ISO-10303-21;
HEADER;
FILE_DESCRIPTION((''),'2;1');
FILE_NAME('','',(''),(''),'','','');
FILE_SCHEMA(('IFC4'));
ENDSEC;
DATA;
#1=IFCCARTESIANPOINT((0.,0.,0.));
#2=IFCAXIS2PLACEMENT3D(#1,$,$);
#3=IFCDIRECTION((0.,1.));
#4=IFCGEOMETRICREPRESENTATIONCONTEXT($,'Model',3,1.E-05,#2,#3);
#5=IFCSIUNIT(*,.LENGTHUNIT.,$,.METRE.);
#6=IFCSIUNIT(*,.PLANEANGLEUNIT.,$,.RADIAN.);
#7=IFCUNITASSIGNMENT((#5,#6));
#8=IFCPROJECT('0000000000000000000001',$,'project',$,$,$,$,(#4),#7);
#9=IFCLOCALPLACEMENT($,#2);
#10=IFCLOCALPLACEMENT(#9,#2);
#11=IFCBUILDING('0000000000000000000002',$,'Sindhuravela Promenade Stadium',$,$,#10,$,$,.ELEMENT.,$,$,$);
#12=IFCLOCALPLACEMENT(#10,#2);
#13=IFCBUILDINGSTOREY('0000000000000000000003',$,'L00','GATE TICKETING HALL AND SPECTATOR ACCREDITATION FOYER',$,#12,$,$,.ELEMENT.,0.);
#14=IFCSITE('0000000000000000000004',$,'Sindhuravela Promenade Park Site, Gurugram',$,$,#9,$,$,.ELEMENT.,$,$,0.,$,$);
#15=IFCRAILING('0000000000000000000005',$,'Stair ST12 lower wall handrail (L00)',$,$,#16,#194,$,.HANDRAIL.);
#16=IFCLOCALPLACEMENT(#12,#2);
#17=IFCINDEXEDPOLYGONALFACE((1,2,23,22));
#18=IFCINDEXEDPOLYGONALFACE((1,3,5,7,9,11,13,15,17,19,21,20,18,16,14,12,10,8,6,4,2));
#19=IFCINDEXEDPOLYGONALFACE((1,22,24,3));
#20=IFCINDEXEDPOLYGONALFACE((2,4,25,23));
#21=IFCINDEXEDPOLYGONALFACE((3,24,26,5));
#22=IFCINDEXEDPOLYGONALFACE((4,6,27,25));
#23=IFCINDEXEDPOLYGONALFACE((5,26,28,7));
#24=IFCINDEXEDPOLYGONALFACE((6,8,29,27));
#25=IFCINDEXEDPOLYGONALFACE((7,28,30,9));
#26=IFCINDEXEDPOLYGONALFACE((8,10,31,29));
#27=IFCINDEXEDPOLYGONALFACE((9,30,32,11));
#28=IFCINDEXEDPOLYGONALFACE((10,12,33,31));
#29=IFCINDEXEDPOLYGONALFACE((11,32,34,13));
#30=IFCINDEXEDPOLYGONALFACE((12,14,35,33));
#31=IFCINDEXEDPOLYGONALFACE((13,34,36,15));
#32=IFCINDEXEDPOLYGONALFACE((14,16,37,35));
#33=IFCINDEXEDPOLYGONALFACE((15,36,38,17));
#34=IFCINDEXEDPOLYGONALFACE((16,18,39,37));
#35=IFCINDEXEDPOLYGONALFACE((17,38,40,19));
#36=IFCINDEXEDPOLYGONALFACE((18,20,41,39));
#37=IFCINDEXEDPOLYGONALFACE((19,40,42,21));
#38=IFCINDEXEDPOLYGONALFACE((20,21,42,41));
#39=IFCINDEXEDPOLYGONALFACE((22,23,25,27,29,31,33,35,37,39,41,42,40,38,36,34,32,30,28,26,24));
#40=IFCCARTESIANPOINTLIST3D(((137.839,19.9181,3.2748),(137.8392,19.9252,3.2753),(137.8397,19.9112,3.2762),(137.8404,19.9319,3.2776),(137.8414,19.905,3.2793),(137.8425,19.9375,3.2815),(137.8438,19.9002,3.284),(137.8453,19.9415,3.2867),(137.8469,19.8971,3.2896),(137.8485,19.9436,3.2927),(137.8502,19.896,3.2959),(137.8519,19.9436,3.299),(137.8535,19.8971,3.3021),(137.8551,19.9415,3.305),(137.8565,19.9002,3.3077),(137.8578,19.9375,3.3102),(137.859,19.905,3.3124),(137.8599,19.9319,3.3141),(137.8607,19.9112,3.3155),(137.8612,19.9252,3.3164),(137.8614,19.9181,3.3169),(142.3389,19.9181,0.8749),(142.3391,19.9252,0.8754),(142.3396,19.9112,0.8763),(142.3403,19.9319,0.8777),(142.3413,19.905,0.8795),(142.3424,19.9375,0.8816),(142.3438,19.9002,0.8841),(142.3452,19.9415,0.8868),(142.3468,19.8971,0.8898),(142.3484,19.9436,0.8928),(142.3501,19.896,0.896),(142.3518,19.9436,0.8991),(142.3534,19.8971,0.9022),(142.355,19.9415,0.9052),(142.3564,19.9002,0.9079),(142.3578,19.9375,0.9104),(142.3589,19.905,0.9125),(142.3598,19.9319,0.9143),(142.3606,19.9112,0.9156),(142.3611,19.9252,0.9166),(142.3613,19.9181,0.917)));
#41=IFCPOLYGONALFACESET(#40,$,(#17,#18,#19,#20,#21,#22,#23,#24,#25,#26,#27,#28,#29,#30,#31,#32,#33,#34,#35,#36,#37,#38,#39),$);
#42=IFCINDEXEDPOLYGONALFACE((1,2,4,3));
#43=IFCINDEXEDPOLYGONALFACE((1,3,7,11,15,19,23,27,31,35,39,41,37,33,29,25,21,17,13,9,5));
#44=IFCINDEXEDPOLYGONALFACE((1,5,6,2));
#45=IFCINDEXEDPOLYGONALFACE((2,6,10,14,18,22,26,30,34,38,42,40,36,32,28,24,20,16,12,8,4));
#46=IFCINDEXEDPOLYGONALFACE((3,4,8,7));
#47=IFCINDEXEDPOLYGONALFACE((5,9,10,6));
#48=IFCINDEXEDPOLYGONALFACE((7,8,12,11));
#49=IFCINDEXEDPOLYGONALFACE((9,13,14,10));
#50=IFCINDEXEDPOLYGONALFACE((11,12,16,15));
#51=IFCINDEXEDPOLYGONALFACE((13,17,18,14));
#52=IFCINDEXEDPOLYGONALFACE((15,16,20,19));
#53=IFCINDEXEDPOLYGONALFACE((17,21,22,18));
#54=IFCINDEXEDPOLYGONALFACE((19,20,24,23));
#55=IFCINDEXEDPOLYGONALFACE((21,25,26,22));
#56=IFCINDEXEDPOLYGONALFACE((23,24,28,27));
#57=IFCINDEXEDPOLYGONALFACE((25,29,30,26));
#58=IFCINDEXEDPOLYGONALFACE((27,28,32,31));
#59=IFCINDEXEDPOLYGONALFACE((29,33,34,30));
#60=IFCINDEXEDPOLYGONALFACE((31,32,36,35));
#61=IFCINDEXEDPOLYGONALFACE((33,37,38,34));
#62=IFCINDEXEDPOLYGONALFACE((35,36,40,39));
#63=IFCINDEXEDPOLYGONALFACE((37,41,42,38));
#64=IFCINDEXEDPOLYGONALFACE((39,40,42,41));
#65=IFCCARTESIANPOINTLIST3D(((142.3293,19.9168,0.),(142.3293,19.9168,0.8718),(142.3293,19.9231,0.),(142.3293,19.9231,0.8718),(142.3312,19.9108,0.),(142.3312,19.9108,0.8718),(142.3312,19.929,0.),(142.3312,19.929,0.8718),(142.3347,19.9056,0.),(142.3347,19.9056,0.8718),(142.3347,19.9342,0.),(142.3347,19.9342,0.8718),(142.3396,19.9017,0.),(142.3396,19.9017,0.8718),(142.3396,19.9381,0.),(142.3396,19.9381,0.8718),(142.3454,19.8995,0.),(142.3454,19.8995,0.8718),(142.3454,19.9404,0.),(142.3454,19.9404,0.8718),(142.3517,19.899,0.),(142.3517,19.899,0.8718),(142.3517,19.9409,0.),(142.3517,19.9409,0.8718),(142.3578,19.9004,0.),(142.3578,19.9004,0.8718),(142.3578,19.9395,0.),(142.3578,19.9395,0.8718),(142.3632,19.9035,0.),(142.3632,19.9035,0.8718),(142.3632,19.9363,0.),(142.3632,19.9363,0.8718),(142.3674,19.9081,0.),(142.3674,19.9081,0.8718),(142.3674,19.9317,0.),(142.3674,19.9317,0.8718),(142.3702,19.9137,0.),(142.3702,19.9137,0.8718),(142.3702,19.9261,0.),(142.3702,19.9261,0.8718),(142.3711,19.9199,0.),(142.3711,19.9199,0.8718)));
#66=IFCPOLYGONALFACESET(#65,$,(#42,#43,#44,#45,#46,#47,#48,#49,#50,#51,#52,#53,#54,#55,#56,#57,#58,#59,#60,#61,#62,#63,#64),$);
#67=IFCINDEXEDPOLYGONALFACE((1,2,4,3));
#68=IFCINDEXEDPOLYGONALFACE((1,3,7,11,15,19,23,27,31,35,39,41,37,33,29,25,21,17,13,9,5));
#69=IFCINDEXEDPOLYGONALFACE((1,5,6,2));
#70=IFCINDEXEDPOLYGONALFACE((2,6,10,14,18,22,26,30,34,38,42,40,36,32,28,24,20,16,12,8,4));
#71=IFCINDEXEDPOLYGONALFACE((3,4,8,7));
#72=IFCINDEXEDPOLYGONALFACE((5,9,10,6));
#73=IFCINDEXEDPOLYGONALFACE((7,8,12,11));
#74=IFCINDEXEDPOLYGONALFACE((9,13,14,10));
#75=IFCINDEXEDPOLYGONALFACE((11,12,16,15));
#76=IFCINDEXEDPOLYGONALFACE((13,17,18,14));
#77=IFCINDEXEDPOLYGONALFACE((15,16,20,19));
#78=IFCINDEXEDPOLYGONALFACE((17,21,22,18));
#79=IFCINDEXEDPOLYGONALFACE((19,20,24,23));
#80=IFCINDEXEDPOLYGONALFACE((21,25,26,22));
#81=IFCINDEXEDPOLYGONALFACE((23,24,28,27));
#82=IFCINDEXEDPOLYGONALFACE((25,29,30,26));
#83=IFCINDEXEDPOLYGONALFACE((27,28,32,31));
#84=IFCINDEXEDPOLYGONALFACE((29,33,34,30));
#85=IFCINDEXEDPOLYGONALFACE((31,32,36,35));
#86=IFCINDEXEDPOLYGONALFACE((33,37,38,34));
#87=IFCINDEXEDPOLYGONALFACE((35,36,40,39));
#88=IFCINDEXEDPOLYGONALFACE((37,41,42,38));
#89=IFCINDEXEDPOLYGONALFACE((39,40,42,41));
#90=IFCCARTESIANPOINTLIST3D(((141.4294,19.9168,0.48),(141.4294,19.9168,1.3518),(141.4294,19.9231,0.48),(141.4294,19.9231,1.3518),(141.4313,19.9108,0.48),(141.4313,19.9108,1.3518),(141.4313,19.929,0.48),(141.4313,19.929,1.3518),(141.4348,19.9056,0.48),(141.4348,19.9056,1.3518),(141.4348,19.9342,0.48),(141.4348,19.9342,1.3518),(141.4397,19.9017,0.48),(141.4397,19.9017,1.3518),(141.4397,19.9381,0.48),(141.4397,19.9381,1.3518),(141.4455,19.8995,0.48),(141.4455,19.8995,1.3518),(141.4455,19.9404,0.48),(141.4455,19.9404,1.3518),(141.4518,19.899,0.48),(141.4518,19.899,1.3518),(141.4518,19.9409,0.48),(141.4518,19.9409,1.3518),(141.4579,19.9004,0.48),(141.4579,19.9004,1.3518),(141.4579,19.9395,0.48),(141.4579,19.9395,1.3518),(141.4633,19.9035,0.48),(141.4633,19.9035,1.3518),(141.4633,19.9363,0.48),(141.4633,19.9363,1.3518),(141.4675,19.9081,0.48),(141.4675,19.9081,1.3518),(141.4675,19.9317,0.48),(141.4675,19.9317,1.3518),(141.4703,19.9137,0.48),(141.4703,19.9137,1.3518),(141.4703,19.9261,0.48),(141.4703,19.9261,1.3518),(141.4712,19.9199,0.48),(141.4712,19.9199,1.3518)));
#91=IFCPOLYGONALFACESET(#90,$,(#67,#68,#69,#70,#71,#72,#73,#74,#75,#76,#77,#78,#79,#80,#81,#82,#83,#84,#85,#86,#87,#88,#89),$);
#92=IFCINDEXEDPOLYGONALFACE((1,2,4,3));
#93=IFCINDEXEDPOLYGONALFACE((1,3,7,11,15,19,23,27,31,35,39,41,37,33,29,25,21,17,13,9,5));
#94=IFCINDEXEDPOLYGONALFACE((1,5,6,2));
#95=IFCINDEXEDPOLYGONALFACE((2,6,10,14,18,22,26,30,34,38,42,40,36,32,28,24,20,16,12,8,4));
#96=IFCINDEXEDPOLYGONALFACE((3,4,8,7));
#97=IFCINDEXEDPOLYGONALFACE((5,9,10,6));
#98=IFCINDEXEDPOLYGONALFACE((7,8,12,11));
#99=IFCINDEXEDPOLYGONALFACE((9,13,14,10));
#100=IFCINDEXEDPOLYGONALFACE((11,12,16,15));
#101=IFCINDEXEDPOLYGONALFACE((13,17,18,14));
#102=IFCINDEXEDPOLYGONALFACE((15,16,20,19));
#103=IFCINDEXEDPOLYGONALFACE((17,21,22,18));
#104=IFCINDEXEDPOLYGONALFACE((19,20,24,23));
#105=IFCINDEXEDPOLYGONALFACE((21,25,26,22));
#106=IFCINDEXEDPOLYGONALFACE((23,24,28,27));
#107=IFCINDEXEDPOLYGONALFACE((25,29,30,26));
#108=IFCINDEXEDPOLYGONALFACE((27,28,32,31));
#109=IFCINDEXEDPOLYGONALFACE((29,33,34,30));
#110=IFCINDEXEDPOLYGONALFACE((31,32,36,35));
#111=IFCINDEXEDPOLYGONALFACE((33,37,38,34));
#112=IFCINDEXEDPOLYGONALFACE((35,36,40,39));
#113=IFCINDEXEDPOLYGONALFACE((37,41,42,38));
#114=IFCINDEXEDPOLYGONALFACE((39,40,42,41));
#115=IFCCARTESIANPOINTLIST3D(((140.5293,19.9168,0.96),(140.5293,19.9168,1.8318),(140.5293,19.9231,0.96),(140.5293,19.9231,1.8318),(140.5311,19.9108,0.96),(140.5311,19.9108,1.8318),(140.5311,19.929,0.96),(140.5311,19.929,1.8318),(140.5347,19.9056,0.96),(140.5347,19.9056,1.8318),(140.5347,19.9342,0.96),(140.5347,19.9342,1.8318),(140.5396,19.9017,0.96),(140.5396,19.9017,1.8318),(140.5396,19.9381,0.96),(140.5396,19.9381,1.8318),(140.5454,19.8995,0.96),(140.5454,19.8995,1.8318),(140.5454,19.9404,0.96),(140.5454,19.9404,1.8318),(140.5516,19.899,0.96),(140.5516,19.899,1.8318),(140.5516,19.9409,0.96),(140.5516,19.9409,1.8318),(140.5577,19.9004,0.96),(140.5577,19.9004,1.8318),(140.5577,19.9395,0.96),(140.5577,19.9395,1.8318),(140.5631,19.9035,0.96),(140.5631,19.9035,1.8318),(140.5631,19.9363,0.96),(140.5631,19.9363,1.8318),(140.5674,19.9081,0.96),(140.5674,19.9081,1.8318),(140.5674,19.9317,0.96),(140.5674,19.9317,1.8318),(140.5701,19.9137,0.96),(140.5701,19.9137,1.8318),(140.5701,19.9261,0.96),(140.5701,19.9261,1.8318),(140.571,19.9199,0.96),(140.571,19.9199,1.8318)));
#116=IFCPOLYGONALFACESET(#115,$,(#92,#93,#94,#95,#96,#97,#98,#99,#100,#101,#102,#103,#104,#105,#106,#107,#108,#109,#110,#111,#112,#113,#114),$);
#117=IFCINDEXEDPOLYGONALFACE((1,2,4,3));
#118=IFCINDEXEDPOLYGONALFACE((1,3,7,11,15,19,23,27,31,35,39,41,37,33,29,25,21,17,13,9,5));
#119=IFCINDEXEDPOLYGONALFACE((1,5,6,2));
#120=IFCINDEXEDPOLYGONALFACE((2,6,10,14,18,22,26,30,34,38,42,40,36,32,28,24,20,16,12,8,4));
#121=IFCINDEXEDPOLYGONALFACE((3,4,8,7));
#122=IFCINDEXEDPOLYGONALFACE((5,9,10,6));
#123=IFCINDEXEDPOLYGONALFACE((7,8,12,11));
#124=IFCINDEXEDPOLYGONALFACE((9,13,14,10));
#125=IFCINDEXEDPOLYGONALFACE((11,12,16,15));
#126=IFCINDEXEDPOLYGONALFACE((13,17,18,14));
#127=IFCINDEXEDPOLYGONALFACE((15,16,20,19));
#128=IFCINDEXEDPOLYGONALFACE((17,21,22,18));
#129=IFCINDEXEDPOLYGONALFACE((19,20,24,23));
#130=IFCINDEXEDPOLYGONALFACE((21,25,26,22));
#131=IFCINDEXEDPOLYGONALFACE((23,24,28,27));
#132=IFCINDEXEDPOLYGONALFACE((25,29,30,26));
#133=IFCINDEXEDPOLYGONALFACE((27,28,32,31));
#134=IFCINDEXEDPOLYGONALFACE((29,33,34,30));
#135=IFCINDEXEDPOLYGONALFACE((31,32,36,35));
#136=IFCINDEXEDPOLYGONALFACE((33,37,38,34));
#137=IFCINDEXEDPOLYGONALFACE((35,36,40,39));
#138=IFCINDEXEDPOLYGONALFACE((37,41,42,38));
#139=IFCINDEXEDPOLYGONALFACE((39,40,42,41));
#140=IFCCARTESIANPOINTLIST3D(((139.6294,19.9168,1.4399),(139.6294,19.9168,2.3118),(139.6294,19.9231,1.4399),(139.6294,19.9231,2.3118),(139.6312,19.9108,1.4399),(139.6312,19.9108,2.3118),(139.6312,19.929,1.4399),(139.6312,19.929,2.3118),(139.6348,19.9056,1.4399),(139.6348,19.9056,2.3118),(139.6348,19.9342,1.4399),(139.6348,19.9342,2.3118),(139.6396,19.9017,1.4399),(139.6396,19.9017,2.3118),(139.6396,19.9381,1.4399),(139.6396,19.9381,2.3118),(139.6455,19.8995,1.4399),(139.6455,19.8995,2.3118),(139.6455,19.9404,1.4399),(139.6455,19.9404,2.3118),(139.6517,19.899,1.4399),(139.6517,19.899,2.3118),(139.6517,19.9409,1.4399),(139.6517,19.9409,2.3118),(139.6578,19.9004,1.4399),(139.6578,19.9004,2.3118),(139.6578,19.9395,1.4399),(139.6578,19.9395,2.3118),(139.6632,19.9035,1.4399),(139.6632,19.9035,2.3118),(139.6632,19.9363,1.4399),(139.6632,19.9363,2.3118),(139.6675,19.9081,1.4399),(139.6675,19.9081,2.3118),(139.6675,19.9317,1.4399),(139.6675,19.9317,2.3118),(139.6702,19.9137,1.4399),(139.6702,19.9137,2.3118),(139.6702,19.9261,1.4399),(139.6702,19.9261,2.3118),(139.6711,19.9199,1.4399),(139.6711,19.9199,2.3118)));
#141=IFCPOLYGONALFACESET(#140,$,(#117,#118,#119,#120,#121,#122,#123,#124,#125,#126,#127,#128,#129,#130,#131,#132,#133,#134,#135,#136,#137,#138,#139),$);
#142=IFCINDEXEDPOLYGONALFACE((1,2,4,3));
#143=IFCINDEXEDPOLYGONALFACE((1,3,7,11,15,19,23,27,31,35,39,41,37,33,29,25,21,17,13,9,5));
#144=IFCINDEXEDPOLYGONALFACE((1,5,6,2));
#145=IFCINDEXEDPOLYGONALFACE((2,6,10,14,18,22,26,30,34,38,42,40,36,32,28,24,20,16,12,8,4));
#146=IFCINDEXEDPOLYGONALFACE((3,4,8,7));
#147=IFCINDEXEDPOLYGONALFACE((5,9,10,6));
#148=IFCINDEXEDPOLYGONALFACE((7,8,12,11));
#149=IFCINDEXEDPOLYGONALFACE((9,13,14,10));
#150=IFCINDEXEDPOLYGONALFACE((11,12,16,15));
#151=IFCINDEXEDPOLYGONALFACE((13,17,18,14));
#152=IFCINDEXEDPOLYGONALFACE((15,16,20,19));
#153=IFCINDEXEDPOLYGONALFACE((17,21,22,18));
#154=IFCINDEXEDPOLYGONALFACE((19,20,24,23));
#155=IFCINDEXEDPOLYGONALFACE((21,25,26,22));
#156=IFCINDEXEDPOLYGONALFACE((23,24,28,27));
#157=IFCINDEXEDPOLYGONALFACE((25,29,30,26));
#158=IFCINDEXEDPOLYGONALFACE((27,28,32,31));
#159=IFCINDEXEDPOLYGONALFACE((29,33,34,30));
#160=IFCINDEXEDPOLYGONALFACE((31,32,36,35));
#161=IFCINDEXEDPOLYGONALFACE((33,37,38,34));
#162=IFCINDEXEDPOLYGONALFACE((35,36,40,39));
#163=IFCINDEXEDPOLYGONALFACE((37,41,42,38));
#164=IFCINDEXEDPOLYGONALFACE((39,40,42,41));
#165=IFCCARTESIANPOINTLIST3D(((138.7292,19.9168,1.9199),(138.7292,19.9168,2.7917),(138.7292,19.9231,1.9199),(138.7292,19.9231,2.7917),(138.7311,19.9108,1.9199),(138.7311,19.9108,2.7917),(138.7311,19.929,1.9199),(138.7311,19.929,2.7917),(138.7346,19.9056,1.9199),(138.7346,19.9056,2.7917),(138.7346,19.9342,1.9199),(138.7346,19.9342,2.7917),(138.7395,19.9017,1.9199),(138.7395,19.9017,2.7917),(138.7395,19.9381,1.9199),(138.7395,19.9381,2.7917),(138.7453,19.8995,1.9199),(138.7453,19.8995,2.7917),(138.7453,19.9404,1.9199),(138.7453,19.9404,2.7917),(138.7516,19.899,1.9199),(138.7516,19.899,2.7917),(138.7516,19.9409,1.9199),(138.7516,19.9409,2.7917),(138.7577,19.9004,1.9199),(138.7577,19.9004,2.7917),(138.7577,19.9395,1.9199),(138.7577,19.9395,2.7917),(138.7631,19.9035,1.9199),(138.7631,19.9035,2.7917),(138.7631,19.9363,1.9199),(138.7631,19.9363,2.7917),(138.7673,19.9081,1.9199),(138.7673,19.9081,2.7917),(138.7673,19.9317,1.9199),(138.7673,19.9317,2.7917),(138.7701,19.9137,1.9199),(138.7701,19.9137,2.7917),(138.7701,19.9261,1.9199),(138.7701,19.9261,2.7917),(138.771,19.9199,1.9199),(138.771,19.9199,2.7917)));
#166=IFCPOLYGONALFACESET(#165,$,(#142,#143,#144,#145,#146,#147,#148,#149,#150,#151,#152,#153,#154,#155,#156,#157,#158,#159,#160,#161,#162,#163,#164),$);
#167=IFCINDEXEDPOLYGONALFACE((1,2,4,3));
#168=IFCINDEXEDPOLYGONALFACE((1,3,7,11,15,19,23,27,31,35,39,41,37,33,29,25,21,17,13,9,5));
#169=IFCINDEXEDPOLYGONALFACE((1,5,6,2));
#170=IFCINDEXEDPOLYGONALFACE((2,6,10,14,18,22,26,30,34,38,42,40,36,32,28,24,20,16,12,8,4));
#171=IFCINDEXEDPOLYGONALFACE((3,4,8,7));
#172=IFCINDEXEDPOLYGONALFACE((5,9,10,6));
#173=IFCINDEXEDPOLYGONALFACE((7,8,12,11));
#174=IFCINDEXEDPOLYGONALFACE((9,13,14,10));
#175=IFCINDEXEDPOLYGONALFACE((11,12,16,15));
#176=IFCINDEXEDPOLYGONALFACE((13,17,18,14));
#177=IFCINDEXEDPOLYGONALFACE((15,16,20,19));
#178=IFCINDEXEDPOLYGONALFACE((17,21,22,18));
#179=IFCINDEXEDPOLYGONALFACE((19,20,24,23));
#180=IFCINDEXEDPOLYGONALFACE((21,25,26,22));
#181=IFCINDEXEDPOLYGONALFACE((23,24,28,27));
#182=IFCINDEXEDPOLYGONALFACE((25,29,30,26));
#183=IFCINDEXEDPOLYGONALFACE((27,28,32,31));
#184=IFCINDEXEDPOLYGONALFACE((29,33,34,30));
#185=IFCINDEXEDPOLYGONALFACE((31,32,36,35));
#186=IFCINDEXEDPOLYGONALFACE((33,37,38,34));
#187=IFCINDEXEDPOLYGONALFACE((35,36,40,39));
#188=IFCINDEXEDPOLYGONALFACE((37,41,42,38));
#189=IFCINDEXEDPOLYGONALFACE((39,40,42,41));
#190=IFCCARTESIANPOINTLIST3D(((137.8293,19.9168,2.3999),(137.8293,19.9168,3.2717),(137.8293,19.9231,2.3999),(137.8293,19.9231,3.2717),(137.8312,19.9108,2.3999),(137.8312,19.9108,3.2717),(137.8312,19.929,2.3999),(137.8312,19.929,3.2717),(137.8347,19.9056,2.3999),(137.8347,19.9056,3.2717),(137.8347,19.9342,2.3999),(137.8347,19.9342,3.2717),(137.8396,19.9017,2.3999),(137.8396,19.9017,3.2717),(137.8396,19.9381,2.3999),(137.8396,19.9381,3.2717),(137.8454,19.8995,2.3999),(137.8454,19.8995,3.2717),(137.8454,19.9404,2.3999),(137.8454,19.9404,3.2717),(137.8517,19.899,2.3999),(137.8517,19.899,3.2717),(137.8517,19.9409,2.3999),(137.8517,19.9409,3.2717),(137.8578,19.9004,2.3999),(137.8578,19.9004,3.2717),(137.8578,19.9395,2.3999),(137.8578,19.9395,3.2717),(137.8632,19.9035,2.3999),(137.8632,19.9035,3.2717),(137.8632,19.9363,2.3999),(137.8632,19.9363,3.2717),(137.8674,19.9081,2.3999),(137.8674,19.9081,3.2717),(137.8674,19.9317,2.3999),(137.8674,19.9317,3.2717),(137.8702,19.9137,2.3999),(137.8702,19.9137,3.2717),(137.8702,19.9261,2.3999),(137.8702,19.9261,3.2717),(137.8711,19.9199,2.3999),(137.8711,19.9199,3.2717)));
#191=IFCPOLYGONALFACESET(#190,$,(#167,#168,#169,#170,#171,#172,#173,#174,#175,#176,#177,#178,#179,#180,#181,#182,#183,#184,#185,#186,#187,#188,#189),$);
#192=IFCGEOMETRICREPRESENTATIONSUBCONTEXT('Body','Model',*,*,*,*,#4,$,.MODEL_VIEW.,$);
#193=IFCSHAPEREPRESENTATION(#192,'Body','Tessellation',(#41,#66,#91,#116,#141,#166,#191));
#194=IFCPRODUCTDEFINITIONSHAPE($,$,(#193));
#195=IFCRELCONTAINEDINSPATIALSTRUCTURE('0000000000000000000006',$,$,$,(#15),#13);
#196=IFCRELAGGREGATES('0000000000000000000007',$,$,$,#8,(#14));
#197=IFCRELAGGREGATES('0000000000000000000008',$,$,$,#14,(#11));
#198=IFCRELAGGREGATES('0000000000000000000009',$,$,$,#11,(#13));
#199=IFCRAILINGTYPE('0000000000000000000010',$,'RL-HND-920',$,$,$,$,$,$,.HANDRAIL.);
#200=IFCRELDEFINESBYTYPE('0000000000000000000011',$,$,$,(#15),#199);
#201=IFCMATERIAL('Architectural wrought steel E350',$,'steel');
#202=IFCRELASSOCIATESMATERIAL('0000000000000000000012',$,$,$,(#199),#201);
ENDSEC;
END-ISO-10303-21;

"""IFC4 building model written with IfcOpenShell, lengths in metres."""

from ifc_helpers import new_model, si_unit, direction, frame, origin, origin_2d, place, context, subcontext, project, spatial, circle, extrude, material, type_object, element, save


model = new_model("IFC4")

# Units and contexts
model_context = context("Model", 3, precision=1e-05, world=origin(), true_north=direction((0.0, 1.0)))
body_context = subcontext(model_context, "Body", "Model", "MODEL_VIEW")
ifc_project = project(units=[si_unit("LENGTHUNIT", "METRE"), si_unit("PLANEANGLEUNIT", "RADIAN")], contexts=[model_context])

# Site, building, storey
site_placement = place(None, origin())
site = spatial("IfcSite", under=ifc_project, at=site_placement, Name="Sindhuravela Promenade Park Site, Gurugram", CompositionType="ELEMENT", RefElevation=0.0)
building_placement = place(site_placement, origin())
building = spatial("IfcBuilding", under=site, at=building_placement, Name="Sindhuravela Promenade Stadium", CompositionType="ELEMENT")
storey_placement = place(building_placement, origin())
storey = spatial("IfcBuildingStorey", under=building, at=storey_placement, Name="L00", Description="GATE TICKETING HALL AND SPECTATOR ACCREDITATION FOYER", CompositionType="ELEMENT", Elevation=0.0)

# Shared definitions
ifc_material_1 = material(Name="Architectural wrought steel E350", Category="steel")

# Railing
railing_type_1 = type_object("IfcRailingType", Name="RL-HND-920", PredefinedType="HANDRAIL", material=ifc_material_1)
railing_1_placement = place(storey_placement, frame((142.3501, 19.9199, 0.0)))
element("IfcRailing", 1, at=railing_1_placement, inside=storey, type_object=railing_type_1, Name="Stair ST12 lower wall handrail (L00)", PredefinedType="HANDRAIL", context=body_context, shape_type="SweptSolid", body=[
    extrude(circle(Radius=0.0239, at=origin_2d()), frame((0.0, 0.0, 0.896), z_axis=(-0.882361, 0.0, 0.470573), x_axis=(0.0, -1.0, 0.0)), (0.0, 0.0, 1.0), 5.0999),
    extrude(circle(Radius=0.021, at=origin_2d()), origin(), (0.0, 0.0, 1.0), 0.8718),
    extrude(circle(Radius=0.021, at=origin_2d()), frame((-0.8999, 0.0, 0.48)), (0.0, 0.0, 1.0), 0.8718),
    extrude(circle(Radius=0.021, at=origin_2d()), frame((-1.8, 0.0, 0.96)), (0.0, 0.0, 1.0), 0.8718),
    extrude(circle(Radius=0.021, at=origin_2d()), frame((-2.7, 0.0, 1.4399)), (0.0, 0.0, 1.0), 0.8718),
    extrude(circle(Radius=0.021, at=origin_2d()), frame((-3.6001, 0.0, 1.9199)), (0.0, 0.0, 1.0), 0.8718),
    extrude(circle(Radius=0.021, at=origin_2d()), frame((-4.5, 0.0, 2.3999)), (0.0, 0.0, 1.0), 0.8718),
])

save(model, "model.ifc")
